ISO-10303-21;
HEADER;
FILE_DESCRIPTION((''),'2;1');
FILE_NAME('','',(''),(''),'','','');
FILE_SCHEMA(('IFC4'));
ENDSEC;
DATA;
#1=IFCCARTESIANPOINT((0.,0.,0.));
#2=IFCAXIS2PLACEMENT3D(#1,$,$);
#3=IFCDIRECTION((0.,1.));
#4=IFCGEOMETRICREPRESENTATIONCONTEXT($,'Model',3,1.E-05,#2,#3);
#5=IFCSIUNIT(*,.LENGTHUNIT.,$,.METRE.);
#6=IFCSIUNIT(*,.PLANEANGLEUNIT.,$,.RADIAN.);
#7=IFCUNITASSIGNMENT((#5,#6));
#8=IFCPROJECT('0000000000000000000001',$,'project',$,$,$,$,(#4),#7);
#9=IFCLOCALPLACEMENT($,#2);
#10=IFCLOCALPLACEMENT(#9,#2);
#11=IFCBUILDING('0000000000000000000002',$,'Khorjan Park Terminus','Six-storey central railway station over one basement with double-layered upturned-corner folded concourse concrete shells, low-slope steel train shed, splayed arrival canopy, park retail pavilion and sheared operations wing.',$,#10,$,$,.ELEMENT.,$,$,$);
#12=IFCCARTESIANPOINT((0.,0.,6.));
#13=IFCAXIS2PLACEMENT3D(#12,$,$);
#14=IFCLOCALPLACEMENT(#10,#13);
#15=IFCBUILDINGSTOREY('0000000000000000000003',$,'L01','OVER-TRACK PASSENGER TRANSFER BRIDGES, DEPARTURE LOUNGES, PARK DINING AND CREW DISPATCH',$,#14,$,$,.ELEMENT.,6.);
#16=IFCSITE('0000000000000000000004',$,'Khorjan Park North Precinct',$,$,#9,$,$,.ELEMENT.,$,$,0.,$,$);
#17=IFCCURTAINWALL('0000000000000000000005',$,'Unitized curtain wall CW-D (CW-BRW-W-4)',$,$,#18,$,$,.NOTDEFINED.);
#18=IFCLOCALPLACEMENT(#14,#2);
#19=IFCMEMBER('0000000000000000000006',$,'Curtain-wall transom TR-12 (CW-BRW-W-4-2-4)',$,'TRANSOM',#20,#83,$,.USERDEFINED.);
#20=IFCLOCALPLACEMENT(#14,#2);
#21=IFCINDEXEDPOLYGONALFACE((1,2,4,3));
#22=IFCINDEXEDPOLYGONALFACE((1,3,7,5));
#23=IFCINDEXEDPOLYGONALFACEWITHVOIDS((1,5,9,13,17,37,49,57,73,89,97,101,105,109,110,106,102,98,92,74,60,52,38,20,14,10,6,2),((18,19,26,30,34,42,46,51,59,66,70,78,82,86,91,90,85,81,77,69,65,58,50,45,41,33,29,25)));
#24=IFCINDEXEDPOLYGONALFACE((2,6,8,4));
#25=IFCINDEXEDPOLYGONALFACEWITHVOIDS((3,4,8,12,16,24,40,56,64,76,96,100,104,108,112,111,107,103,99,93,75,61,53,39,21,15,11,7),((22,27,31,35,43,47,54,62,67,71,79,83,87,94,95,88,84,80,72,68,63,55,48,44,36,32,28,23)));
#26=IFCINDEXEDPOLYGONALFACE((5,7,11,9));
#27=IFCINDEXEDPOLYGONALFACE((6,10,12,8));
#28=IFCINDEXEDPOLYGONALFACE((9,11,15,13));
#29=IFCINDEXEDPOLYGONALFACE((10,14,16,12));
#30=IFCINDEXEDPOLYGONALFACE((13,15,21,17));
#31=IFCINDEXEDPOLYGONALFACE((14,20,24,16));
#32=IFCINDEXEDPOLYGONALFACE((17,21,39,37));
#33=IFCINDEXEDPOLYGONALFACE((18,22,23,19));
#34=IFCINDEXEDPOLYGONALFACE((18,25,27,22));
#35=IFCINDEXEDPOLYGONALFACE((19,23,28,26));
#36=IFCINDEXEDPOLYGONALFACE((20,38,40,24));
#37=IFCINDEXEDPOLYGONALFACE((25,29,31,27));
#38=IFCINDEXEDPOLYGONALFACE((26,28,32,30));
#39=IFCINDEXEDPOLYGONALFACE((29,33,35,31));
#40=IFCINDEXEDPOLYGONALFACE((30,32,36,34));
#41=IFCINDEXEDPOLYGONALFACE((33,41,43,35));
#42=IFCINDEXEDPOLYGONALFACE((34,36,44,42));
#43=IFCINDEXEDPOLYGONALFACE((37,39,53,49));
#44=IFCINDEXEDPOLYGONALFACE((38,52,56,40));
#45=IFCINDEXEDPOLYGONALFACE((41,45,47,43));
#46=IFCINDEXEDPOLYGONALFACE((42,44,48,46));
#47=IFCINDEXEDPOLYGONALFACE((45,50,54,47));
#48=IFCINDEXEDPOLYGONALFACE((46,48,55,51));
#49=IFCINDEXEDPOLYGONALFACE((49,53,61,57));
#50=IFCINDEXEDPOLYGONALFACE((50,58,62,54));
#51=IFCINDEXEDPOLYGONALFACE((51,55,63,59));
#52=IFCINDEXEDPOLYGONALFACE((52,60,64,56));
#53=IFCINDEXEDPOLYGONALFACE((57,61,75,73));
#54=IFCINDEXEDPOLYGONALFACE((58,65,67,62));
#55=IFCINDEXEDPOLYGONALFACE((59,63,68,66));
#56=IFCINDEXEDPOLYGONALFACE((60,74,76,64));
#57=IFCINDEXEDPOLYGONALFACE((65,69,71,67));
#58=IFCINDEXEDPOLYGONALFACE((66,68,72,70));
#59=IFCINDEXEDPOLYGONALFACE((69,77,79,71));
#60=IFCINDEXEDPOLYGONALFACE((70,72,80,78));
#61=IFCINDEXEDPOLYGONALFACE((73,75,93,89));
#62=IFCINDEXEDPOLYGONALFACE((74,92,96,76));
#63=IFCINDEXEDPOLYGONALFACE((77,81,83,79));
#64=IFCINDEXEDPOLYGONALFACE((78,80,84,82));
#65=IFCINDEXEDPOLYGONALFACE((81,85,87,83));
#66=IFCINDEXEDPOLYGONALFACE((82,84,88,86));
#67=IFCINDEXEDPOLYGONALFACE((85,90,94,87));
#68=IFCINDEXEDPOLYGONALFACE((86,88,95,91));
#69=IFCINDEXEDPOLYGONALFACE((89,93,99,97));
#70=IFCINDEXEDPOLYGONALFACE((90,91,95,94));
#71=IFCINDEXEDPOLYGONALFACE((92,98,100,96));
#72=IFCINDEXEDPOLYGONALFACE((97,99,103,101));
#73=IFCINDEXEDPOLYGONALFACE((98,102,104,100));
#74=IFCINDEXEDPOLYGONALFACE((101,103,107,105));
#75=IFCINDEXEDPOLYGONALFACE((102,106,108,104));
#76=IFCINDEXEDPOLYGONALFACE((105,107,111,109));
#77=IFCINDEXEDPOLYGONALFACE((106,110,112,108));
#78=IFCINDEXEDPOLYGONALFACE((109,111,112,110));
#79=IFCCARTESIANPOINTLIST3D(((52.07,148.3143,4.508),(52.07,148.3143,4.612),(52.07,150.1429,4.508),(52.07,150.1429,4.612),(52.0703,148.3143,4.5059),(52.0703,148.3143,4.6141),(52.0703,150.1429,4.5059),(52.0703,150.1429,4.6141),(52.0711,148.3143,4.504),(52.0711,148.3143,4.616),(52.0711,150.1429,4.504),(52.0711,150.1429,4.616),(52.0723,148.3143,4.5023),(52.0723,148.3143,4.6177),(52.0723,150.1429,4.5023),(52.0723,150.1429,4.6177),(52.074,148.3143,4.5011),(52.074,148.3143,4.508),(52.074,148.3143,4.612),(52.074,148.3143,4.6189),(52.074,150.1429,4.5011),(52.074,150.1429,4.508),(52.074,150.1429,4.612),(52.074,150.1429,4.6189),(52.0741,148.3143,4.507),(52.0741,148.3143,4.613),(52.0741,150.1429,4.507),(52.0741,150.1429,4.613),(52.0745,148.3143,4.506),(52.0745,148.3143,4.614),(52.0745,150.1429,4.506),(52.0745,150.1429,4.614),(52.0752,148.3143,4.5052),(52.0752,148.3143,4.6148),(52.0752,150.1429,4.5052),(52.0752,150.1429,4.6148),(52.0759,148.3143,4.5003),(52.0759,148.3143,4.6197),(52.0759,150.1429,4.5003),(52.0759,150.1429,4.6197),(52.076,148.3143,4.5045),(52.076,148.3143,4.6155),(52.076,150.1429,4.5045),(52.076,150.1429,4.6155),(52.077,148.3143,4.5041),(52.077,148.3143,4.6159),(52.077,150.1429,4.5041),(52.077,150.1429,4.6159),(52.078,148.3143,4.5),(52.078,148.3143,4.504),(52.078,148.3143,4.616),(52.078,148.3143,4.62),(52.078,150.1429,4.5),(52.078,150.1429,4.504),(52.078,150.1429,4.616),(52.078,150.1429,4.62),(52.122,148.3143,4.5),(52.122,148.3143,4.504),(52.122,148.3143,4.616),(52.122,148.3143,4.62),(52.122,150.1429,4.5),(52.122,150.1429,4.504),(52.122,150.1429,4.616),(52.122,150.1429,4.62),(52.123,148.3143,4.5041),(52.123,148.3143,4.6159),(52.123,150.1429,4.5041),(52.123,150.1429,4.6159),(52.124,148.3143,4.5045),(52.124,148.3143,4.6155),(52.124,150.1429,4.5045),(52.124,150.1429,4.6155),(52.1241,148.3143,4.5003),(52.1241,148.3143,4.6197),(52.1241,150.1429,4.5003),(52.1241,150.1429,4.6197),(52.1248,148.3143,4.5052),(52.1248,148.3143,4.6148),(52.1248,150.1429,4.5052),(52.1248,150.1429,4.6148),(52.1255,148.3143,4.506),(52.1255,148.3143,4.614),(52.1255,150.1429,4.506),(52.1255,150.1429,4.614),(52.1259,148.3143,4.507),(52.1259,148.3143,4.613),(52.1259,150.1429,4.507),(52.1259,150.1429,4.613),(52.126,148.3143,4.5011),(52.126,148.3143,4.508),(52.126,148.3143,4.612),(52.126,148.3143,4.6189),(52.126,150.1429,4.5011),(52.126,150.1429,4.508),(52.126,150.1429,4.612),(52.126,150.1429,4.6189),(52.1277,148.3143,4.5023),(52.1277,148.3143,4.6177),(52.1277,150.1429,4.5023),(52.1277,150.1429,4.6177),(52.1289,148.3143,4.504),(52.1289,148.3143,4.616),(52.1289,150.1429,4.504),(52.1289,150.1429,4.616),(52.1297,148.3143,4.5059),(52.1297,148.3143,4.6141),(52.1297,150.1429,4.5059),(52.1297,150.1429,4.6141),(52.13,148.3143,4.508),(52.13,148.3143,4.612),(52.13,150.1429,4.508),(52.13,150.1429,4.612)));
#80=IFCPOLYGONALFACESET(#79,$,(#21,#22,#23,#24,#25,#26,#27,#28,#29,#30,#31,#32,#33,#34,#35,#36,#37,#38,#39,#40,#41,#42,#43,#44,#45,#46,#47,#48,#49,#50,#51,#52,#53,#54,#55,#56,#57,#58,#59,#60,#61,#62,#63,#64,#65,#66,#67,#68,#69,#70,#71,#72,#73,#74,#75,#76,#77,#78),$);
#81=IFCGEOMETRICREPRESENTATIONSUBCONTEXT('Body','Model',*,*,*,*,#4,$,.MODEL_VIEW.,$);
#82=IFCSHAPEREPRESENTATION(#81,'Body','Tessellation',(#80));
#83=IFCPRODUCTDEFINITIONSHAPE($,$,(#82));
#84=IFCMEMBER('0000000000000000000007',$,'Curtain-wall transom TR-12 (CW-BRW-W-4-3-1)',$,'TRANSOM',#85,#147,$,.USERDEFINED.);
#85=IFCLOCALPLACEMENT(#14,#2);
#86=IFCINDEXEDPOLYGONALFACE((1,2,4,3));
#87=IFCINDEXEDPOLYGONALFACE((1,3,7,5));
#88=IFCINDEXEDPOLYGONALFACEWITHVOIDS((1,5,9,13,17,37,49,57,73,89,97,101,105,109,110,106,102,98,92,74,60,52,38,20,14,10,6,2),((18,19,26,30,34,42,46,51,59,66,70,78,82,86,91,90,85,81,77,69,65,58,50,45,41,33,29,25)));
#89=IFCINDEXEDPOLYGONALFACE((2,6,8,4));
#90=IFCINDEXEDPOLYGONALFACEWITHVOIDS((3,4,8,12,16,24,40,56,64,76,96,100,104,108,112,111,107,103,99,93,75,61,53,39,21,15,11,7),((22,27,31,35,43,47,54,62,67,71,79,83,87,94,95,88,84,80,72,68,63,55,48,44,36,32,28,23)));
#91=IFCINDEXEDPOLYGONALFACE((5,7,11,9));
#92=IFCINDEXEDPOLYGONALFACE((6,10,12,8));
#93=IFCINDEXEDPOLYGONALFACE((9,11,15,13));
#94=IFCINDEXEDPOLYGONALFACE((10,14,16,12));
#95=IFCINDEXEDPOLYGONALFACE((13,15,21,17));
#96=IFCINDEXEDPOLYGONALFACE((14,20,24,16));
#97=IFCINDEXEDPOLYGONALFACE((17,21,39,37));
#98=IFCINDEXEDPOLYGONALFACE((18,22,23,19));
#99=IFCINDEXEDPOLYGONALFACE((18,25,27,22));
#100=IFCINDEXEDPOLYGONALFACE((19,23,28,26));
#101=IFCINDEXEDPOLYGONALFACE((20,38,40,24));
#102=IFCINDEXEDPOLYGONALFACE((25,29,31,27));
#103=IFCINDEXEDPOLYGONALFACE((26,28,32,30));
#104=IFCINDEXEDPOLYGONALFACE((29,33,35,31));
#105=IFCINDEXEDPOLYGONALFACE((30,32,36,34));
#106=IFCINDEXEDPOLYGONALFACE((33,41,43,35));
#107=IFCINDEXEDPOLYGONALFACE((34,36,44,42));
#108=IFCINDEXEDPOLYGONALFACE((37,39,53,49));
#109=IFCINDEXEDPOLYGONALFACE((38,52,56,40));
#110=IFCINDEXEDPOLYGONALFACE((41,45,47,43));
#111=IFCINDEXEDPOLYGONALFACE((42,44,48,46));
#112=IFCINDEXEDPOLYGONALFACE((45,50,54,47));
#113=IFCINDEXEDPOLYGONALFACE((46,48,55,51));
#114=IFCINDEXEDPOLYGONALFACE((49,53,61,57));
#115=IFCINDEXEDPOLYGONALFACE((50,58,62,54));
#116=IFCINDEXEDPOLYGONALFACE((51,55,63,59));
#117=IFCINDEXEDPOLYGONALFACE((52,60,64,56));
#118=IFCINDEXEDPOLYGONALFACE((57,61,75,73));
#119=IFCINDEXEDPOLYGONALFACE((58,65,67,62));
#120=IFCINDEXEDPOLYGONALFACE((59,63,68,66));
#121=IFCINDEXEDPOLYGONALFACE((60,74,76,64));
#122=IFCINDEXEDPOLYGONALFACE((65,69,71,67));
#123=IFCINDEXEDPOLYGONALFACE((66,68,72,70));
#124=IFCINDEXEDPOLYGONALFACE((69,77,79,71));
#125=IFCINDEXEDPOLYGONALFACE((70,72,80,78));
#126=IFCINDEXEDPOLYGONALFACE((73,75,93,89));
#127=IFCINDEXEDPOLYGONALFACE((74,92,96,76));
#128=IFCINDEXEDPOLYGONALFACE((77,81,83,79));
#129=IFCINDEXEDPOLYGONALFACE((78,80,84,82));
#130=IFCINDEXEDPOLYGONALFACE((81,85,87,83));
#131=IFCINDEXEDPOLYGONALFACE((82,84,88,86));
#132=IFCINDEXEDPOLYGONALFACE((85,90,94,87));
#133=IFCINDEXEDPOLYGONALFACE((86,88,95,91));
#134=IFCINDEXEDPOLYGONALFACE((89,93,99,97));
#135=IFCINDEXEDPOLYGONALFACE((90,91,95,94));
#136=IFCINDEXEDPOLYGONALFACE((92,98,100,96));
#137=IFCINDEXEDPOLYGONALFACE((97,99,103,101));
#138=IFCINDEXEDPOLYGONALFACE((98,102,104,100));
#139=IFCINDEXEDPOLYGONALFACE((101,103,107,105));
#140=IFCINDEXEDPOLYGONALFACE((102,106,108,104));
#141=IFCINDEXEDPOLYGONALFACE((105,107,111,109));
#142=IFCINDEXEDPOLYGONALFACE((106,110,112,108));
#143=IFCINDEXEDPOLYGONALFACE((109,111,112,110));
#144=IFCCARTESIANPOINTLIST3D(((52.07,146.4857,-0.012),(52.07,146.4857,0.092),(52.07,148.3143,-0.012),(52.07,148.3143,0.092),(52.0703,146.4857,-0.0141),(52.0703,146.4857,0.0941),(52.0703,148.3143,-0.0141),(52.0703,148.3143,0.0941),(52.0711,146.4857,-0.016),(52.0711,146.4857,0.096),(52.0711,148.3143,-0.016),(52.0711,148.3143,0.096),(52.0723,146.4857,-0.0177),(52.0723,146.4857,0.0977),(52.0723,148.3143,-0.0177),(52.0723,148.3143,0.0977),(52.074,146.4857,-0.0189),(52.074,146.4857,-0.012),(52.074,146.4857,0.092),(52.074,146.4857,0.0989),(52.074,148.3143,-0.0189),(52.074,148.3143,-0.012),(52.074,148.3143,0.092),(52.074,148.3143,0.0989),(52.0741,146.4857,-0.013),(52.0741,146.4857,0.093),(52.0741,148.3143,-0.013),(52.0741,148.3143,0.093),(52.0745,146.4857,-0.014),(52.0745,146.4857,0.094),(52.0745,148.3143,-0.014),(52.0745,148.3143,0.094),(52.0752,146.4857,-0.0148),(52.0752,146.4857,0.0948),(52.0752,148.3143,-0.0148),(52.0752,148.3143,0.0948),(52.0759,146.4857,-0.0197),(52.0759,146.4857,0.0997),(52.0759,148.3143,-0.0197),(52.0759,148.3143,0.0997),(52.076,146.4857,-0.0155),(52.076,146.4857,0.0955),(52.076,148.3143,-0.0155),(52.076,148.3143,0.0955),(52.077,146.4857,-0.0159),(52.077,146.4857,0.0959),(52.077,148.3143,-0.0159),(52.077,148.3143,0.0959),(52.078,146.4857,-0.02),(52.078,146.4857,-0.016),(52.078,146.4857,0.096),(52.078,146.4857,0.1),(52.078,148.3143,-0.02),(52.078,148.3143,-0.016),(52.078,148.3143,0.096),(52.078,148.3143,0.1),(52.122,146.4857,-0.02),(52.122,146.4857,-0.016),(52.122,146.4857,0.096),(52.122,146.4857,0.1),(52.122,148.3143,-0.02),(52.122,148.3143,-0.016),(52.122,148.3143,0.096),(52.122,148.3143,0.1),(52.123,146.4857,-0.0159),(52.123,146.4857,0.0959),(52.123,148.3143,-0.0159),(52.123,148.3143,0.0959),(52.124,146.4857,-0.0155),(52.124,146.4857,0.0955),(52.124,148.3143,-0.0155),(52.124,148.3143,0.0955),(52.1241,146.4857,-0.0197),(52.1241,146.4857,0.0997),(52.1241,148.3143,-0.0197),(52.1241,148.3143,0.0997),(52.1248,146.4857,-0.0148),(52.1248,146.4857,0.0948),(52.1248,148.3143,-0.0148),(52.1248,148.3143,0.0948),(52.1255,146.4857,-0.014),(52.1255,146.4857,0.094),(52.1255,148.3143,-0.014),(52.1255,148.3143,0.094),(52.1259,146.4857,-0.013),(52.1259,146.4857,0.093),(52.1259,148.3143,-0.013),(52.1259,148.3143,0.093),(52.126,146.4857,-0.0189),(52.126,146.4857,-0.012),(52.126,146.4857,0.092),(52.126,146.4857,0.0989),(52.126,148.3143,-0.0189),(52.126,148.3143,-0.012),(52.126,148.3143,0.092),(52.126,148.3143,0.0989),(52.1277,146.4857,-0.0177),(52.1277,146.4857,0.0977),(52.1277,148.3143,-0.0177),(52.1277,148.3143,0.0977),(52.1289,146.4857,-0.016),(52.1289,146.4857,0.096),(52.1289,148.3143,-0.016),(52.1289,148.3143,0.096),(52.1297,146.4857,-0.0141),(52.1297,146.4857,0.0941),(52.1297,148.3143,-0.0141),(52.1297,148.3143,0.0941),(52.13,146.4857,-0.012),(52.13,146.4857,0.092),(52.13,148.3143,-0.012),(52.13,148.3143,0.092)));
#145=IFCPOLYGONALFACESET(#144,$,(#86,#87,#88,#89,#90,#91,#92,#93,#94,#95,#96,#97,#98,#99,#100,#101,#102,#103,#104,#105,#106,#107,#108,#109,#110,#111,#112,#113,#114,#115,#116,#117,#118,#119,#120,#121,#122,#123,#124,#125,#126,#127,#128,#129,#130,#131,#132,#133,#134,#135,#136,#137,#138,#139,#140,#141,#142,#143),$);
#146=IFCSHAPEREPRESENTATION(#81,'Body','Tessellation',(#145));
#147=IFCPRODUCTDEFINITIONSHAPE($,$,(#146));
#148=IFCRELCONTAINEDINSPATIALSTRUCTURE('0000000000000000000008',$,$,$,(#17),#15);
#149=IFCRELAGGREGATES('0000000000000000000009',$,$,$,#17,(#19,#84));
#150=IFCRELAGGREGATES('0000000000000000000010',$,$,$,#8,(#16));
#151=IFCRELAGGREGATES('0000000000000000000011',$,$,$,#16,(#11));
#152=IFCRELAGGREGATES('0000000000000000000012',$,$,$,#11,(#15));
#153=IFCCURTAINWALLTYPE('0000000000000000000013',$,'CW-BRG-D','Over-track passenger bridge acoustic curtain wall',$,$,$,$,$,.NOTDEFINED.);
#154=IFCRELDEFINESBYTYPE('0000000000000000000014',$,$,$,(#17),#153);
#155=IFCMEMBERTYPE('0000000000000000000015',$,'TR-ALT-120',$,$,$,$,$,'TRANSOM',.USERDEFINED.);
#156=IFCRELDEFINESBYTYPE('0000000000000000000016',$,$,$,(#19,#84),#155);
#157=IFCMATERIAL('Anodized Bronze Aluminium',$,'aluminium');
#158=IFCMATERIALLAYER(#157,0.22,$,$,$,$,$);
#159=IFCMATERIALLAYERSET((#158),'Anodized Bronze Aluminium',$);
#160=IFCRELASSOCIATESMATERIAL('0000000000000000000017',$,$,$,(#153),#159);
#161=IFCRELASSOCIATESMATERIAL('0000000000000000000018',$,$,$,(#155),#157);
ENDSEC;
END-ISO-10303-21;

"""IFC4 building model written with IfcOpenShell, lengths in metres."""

from ifc_helpers import new_model, si_unit, direction, frame, origin, origin_2d, place, context, subcontext, project, spatial, hollow_rectangle, extrude, material, layer, layer_set, material_profile, profile_set, type_object, element, aggregate, save


model = new_model("IFC4")

# Units and contexts
model_context = context("Model", 3, precision=1e-05, world=origin(), true_north=direction((0.0, 1.0)))
body_context = subcontext(model_context, "Body", "Model", "MODEL_VIEW")
ifc_project = project(units=[si_unit("LENGTHUNIT", "METRE"), si_unit("PLANEANGLEUNIT", "RADIAN")], contexts=[model_context])

# Site, building, storey
site_placement = place(None, origin())
site = spatial("IfcSite", under=ifc_project, at=site_placement, Name="Khorjan Park North Precinct", CompositionType="ELEMENT", RefElevation=0.0)
building_placement = place(site_placement, origin())
building = spatial("IfcBuilding", under=site, at=building_placement, Name="Khorjan Park Terminus", Description="Six-storey central railway station over one basement with double-layered upturned-corner folded concourse concrete shells, low-slope steel train shed, splayed arrival canopy, park retail pavilion and sheared operations wing.", CompositionType="ELEMENT")
storey_placement = place(building_placement, frame((0.0, 0.0, 6.0)))
storey = spatial("IfcBuildingStorey", under=building, at=storey_placement, Name="L01", Description="OVER-TRACK PASSENGER TRANSFER BRIDGES, DEPARTURE LOUNGES, PARK DINING AND CREW DISPATCH", CompositionType="ELEMENT", Elevation=6.0)

# Curtain wall, members
ifc_material_1 = material(Name="Anodized Bronze Aluminium", Category="aluminium")
ifc_layer_1 = layer(ifc_material_1, 0.22)
ifc_layer_set_1 = layer_set([ifc_layer_1], Name="Anodized Bronze Aluminium")
curtain_wall_type = type_object("IfcCurtainWallType", Name="CW-BRG-D", Description="Over-track passenger bridge acoustic curtain wall", PredefinedType="NOTDEFINED", material=ifc_layer_set_1)
curtain_wall_placement = place(storey_placement, origin())
curtain_wall = element("IfcCurtainWall", 1, at=curtain_wall_placement, inside=storey, type_object=curtain_wall_type, Name="Unitized curtain wall CW-D (CW-BRW-W-4)", PredefinedType="NOTDEFINED")
ifc_material_profile_1 = material_profile(ifc_material_1, hollow_rectangle(XDim=0.06, YDim=0.12, WallThickness=0.004, InnerFilletRadius=0.004, OuterFilletRadius=0.008, at=origin_2d()), Name="ALT 60x120x4")
ifc_profile_set_1 = profile_set([ifc_material_profile_1], Name="Anodized Bronze Aluminium")
member_type_1 = type_object("IfcMemberType", Name="TR-ALT-120", ElementType="TRANSOM", PredefinedType="USERDEFINED", material=ifc_profile_set_1)
member_1_placement = place(storey_placement, frame((52.1, 150.1429, 4.56), z_axis=(0.0, -1.0, 0.0), x_axis=(1.0, 0.0, 0.0)))
member_1 = element("IfcMember", 2, at=member_1_placement, type_object=member_type_1, Name="Curtain-wall transom TR-12 (CW-BRW-W-4-2-4)", ObjectType="TRANSOM", PredefinedType="USERDEFINED", context=body_context, shape_type="SweptSolid", body=[
    extrude(hollow_rectangle(XDim=0.06, YDim=0.12, WallThickness=0.004, InnerFilletRadius=0.004, OuterFilletRadius=0.008, at=origin_2d()), origin(), (0.0, 0.0, 1.0), 1.8286),
])
member_2_placement = place(storey_placement, frame((52.1, 148.3143, 0.04), z_axis=(0.0, -1.0, 0.0), x_axis=(1.0, 0.0, 0.0)))
member_2 = element("IfcMember", 3, at=member_2_placement, type_object=member_type_1, Name="Curtain-wall transom TR-12 (CW-BRW-W-4-3-1)", ObjectType="TRANSOM", PredefinedType="USERDEFINED", context=body_context, shape_type="SweptSolid", body=[
    extrude(hollow_rectangle(XDim=0.06, YDim=0.12, WallThickness=0.004, InnerFilletRadius=0.004, OuterFilletRadius=0.008, at=origin_2d()), origin(), (0.0, 0.0, 1.0), 1.8286),
])
aggregate(curtain_wall, [member_1, member_2])

save(model, "model.ifc")
